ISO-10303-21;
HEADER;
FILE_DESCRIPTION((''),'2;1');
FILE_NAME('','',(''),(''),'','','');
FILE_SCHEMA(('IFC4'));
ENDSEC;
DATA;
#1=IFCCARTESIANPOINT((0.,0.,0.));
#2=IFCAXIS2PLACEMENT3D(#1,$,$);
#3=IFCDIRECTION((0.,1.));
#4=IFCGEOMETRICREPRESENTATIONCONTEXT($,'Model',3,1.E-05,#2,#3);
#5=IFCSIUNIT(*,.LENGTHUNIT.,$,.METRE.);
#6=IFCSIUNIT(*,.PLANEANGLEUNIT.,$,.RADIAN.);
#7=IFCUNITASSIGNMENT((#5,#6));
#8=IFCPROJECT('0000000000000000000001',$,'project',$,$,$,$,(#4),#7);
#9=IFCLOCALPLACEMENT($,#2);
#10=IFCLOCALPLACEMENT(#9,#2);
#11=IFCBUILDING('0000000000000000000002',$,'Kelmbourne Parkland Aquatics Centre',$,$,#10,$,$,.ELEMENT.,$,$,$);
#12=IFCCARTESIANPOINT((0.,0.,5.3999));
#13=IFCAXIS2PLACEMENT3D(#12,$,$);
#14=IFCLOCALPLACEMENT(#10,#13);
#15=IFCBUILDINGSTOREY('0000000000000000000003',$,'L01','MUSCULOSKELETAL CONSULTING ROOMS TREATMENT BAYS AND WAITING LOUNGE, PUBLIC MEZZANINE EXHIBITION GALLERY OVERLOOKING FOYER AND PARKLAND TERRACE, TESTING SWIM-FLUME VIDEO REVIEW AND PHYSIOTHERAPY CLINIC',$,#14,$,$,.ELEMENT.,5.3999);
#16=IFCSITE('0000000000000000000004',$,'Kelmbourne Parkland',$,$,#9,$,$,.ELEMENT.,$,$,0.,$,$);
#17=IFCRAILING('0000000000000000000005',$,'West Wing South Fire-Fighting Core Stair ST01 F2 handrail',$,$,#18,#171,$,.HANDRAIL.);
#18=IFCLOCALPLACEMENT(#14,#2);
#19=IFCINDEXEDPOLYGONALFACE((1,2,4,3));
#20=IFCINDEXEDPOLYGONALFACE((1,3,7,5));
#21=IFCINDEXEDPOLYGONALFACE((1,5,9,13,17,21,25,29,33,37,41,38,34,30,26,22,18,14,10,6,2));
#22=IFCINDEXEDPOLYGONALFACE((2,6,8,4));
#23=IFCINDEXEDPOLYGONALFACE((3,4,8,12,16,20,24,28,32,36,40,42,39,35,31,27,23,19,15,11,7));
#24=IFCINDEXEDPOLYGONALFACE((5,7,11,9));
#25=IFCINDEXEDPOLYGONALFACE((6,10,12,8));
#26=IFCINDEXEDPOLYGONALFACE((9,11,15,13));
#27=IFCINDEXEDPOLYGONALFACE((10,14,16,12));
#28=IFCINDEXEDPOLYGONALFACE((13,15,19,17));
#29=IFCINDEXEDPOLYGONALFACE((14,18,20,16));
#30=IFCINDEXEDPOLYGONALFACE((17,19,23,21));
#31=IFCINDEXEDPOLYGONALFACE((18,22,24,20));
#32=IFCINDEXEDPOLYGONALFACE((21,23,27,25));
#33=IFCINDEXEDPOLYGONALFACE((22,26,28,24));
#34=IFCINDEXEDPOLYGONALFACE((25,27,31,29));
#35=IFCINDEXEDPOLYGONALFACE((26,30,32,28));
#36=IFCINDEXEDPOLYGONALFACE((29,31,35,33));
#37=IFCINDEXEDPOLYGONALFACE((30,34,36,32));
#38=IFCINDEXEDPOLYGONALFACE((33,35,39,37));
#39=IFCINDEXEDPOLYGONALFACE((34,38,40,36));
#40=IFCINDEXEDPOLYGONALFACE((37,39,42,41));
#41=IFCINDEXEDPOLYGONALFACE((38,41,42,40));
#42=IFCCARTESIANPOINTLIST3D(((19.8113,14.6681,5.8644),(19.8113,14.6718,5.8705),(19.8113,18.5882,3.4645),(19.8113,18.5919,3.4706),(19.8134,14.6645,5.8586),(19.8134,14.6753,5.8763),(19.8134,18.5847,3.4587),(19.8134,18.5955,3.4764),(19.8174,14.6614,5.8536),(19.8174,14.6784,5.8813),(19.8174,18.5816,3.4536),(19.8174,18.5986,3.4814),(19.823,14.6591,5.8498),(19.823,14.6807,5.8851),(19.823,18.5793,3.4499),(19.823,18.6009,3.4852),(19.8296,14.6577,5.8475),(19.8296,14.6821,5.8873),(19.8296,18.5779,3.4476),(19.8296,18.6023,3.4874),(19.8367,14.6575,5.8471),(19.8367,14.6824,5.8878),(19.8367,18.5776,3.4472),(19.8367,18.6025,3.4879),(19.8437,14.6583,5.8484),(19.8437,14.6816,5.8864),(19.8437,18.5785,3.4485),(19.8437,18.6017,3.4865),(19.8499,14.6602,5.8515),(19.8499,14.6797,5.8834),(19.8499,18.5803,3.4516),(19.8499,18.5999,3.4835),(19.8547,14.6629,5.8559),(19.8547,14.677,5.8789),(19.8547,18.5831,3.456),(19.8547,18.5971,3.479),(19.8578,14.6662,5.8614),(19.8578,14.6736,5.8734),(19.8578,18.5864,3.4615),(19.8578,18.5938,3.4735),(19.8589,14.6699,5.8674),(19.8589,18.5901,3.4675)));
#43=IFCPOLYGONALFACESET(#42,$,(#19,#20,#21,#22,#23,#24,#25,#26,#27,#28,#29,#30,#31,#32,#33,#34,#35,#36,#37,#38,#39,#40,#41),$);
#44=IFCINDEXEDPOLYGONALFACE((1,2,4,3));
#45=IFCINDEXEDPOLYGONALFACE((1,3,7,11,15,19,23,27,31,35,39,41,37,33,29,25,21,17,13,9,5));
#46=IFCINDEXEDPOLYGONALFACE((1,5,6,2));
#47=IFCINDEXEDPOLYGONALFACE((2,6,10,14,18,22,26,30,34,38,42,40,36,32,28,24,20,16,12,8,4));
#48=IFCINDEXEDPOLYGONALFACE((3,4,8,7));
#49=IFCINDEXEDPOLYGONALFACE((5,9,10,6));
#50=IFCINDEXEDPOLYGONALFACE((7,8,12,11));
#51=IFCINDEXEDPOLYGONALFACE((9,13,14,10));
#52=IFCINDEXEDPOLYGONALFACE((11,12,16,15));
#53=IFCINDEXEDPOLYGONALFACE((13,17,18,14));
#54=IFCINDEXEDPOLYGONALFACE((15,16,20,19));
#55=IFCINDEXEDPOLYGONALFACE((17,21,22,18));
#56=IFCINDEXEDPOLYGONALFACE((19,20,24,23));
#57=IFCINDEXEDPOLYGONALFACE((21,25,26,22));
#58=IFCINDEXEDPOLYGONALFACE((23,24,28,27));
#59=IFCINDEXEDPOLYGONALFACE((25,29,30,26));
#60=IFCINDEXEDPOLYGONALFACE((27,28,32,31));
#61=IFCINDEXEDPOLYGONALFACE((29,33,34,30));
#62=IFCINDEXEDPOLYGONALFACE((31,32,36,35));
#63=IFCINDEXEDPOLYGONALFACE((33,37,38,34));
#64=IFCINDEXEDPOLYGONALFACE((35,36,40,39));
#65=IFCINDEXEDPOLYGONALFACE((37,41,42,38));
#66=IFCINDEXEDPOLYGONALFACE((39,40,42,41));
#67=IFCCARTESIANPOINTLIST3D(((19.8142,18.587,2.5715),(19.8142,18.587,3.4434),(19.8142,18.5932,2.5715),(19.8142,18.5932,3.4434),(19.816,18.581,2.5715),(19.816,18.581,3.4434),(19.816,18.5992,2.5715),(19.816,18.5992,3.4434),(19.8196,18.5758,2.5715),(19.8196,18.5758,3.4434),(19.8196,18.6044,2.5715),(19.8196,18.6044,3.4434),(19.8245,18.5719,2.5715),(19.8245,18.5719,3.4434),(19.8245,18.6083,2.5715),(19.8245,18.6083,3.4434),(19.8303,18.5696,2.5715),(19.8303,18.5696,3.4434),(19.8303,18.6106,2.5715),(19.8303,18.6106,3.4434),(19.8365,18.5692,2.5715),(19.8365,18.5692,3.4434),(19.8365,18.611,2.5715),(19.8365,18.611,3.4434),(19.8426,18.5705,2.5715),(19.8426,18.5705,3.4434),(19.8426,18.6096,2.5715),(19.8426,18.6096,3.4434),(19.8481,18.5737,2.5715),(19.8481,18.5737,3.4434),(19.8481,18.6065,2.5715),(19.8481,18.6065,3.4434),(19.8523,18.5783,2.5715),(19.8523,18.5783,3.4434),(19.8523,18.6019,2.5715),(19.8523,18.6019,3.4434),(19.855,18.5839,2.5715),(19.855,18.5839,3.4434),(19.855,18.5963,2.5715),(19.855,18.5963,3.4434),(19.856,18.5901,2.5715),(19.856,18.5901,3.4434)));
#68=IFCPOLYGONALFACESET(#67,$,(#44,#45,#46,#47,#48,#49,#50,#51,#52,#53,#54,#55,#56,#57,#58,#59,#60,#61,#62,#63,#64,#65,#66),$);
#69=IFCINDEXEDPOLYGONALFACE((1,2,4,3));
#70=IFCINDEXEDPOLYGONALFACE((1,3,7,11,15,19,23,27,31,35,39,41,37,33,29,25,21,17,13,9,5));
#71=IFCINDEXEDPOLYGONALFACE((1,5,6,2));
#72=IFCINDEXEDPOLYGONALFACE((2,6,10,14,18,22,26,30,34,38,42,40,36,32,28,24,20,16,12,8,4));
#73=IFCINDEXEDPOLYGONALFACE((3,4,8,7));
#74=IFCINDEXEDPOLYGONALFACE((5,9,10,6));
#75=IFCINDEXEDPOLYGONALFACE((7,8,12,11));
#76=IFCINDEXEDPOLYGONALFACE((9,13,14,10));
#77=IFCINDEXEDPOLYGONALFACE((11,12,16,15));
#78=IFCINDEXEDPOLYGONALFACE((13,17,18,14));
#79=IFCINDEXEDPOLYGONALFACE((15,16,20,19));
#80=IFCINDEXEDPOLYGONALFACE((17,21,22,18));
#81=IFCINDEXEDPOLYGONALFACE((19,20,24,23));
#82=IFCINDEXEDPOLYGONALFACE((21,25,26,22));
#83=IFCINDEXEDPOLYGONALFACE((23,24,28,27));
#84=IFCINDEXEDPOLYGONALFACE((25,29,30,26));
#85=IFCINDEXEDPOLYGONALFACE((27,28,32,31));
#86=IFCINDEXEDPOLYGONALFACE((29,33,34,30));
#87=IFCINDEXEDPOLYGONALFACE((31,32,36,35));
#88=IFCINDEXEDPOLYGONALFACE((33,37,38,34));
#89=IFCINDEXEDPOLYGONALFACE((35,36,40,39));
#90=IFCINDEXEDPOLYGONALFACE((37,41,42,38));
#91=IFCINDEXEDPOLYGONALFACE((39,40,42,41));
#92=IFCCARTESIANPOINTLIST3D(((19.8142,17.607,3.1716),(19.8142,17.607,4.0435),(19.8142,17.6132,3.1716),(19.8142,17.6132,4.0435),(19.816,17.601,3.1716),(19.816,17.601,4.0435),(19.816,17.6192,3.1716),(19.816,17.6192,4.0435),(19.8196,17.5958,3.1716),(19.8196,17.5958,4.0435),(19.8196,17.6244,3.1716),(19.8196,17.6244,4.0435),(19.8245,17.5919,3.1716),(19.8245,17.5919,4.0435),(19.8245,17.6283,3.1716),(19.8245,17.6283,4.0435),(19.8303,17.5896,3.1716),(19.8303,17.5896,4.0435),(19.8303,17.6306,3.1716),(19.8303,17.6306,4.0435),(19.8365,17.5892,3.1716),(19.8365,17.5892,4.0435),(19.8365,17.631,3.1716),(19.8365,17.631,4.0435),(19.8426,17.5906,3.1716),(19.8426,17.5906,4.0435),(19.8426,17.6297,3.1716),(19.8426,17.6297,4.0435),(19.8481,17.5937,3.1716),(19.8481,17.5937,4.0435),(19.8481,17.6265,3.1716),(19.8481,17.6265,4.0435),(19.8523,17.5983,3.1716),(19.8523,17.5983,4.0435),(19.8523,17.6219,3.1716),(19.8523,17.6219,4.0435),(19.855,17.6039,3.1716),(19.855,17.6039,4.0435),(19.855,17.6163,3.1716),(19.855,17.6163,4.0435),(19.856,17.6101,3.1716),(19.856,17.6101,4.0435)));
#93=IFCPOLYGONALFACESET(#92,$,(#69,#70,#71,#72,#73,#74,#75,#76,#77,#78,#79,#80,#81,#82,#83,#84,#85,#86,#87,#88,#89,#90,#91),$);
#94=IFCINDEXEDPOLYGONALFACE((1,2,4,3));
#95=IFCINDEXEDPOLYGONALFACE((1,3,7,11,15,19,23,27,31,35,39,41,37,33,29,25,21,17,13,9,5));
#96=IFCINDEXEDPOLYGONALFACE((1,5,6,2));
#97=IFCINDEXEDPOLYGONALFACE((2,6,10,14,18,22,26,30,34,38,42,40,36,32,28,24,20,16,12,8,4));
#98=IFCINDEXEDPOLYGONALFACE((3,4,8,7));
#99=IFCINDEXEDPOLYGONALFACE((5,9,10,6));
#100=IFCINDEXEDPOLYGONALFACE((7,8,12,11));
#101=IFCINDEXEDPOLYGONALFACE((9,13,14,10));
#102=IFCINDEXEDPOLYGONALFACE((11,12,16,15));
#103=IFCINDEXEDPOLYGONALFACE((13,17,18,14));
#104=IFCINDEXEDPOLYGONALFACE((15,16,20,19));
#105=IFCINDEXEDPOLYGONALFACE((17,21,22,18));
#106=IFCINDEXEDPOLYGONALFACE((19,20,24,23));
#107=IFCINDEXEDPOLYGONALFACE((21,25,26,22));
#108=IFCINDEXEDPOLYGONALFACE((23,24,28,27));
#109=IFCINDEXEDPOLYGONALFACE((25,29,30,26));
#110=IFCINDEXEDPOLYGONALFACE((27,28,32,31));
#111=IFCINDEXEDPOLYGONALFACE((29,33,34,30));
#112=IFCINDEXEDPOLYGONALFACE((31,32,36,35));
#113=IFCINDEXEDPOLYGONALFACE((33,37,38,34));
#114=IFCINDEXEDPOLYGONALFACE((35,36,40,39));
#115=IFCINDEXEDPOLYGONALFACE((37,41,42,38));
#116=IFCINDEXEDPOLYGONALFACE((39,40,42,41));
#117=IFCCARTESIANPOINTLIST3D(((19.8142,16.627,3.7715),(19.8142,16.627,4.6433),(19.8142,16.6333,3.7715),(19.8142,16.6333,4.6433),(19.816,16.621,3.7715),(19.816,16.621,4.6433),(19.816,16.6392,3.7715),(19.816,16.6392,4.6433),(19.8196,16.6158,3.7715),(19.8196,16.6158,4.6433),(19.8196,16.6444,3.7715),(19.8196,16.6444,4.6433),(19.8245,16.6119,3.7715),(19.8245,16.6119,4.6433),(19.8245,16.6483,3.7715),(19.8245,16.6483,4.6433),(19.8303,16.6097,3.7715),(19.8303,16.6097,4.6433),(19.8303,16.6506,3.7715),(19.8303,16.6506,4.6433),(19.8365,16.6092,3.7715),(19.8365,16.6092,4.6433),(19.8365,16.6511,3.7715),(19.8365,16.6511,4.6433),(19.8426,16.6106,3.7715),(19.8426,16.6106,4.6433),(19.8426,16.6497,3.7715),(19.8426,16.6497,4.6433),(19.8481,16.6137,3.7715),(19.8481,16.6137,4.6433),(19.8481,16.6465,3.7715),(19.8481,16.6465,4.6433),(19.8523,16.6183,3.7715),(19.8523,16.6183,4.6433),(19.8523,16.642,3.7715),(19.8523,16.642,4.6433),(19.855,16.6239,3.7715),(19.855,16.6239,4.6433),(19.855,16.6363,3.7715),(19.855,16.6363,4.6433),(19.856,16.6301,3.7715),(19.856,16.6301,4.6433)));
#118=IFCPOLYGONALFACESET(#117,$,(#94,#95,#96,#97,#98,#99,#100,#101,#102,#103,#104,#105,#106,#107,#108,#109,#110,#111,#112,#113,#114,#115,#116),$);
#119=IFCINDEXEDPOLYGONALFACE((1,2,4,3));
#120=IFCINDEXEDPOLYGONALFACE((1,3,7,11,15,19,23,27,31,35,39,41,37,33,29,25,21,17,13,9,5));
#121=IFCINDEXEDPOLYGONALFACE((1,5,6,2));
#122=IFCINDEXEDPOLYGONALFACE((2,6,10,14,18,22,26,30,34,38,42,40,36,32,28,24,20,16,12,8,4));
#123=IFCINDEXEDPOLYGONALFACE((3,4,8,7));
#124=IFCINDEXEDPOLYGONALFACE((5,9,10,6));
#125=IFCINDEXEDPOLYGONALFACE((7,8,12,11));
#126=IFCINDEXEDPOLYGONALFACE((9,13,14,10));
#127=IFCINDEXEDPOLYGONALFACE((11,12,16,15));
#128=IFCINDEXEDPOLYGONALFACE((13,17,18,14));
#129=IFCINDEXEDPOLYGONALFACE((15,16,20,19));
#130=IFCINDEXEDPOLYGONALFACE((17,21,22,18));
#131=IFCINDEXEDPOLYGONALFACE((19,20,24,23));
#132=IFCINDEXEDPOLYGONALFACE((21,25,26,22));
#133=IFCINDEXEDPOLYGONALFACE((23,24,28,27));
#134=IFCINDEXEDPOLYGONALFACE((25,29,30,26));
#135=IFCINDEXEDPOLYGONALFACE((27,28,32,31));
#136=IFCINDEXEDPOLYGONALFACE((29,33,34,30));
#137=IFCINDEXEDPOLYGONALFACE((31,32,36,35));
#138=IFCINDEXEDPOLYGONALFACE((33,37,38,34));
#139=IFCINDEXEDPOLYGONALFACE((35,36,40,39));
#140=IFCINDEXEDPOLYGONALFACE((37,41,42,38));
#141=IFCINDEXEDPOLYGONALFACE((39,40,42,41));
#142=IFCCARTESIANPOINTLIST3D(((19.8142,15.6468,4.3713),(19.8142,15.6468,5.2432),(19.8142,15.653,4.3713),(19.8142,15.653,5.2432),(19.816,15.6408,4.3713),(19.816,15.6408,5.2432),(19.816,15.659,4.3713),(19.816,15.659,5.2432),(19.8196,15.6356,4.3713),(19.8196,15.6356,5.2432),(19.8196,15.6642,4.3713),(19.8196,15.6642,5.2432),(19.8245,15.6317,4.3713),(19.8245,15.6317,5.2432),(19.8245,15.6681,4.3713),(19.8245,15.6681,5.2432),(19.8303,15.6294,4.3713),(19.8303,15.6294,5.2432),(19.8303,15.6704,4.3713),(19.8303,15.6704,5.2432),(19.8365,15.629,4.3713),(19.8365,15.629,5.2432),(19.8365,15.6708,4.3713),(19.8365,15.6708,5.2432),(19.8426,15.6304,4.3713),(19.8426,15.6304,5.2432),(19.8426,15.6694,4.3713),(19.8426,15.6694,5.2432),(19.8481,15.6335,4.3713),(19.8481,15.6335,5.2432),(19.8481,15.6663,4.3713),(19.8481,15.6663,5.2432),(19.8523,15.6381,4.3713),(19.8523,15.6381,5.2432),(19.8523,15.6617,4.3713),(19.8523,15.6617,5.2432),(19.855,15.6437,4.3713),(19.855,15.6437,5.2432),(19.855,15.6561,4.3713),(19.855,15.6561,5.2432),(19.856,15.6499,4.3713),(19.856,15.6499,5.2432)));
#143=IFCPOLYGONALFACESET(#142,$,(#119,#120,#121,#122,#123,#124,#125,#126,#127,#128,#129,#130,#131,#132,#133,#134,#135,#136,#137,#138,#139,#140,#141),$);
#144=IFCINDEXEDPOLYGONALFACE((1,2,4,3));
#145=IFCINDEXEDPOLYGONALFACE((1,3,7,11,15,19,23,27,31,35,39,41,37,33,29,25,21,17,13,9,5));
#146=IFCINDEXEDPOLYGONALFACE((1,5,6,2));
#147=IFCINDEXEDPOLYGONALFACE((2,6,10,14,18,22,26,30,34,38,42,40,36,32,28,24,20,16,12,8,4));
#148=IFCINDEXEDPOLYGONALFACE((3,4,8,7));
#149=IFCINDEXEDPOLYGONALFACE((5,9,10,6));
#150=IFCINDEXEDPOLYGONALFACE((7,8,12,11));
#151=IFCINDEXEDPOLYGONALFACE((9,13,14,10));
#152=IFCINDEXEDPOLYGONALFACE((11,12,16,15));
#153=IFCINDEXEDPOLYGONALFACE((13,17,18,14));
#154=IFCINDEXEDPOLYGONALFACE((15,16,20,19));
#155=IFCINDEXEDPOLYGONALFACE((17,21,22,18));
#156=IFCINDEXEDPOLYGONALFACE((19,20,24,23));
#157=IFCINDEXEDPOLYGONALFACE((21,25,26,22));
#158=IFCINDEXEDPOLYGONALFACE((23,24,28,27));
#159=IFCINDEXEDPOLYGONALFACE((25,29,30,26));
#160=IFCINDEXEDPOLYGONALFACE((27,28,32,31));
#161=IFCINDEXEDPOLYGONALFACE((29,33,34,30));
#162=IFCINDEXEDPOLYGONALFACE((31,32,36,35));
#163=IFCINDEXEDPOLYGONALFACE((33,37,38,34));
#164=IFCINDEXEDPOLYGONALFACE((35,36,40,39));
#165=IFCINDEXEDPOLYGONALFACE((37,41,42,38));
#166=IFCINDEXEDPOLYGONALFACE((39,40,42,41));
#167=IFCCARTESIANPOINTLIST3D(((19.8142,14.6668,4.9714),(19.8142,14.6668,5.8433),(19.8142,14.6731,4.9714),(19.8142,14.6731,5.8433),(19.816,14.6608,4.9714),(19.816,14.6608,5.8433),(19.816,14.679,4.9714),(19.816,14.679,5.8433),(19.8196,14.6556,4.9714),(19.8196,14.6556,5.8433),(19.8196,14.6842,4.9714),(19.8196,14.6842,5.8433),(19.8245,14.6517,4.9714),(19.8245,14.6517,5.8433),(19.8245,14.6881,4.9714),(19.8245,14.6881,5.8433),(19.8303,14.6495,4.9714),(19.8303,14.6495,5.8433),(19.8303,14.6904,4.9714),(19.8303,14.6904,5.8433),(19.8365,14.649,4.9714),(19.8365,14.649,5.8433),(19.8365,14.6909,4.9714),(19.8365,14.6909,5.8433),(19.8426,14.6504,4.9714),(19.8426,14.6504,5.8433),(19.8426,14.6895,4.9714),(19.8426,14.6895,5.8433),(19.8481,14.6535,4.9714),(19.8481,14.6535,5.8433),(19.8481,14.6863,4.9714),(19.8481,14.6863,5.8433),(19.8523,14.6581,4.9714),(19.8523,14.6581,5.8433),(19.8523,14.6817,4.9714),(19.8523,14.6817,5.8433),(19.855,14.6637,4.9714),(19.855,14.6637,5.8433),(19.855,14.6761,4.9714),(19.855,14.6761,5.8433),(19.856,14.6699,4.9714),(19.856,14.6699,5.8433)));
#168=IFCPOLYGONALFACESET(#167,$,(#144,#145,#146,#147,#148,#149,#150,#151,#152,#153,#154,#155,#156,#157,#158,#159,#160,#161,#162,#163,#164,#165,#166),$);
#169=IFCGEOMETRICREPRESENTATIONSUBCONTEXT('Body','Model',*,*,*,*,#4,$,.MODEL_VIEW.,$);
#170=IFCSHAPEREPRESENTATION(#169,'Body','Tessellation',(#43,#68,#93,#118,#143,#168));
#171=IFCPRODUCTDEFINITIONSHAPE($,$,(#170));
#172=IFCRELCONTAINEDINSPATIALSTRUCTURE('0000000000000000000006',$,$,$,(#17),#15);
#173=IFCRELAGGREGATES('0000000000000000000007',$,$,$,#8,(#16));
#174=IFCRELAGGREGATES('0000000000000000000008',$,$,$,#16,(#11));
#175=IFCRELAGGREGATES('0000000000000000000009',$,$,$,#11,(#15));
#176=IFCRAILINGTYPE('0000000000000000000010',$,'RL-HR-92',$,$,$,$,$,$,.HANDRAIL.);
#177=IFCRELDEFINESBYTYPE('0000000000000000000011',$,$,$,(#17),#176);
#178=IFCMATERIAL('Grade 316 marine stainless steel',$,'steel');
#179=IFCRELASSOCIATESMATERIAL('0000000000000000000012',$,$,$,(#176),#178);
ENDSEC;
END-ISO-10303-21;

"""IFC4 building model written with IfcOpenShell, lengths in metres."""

from ifc_helpers import new_model, si_unit, direction, frame, origin, origin_2d, place, context, subcontext, project, spatial, circle, extrude, material, type_object, element, save


model = new_model("IFC4")

# Units and contexts
model_context = context("Model", 3, precision=1e-05, world=origin(), true_north=direction((0.0, 1.0)))
body_context = subcontext(model_context, "Body", "Model", "MODEL_VIEW")
ifc_project = project(units=[si_unit("LENGTHUNIT", "METRE"), si_unit("PLANEANGLEUNIT", "RADIAN")], contexts=[model_context])

# Site, building, storey
site_placement = place(None, origin())
site = spatial("IfcSite", under=ifc_project, at=site_placement, Name="Kelmbourne Parkland", CompositionType="ELEMENT", RefElevation=0.0)
building_placement = place(site_placement, origin())
building = spatial("IfcBuilding", under=site, at=building_placement, Name="Kelmbourne Parkland Aquatics Centre", CompositionType="ELEMENT")
storey_placement = place(building_placement, frame((0.0, 0.0, 5.3999)))
storey = spatial("IfcBuildingStorey", under=building, at=storey_placement, Name="L01", Description="MUSCULOSKELETAL CONSULTING ROOMS TREATMENT BAYS AND WAITING LOUNGE, PUBLIC MEZZANINE EXHIBITION GALLERY OVERLOOKING FOYER AND PARKLAND TERRACE, TESTING SWIM-FLUME VIDEO REVIEW AND PHYSIOTHERAPY CLINIC", CompositionType="ELEMENT", Elevation=5.3999)

# Railing
ifc_material_1 = material(Name="Grade 316 marine stainless steel", Category="steel")
railing_type = type_object("IfcRailingType", Name="RL-HR-92", PredefinedType="HANDRAIL", material=ifc_material_1)
railing_placement = place(storey_placement, frame((19.835, 18.5901, 2.5715)))
element("IfcRailing", 1, at=railing_placement, inside=storey, type_object=railing_type, Name="West Wing South Fire-Fighting Core Stair ST01 F2 handrail", PredefinedType="HANDRAIL", context=body_context, shape_type="SweptSolid", body=[
    extrude(circle(Radius=0.0239, at=origin_2d()), frame((0.0, 0.0, 0.896), z_axis=(0.0, -0.852871, 0.522122), x_axis=(1.0, 0.0, 0.0)), (0.0, 0.0, 1.0), 4.5964),
    extrude(circle(Radius=0.021, at=origin_2d()), origin(), (0.0, 0.0, 1.0), 0.8718),
    extrude(circle(Radius=0.021, at=origin_2d()), frame((0.0, -0.98, 0.6001)), (0.0, 0.0, 1.0), 0.8718),
    extrude(circle(Radius=0.021, at=origin_2d()), frame((0.0, -1.96, 1.2)), (0.0, 0.0, 1.0), 0.8718),
    extrude(circle(Radius=0.021, at=origin_2d()), frame((0.0, -2.9402, 1.7998)), (0.0, 0.0, 1.0), 0.8718),
    extrude(circle(Radius=0.021, at=origin_2d()), frame((0.0, -3.9202, 2.3999)), (0.0, 0.0, 1.0), 0.8718),
])

save(model, "model.ifc")
